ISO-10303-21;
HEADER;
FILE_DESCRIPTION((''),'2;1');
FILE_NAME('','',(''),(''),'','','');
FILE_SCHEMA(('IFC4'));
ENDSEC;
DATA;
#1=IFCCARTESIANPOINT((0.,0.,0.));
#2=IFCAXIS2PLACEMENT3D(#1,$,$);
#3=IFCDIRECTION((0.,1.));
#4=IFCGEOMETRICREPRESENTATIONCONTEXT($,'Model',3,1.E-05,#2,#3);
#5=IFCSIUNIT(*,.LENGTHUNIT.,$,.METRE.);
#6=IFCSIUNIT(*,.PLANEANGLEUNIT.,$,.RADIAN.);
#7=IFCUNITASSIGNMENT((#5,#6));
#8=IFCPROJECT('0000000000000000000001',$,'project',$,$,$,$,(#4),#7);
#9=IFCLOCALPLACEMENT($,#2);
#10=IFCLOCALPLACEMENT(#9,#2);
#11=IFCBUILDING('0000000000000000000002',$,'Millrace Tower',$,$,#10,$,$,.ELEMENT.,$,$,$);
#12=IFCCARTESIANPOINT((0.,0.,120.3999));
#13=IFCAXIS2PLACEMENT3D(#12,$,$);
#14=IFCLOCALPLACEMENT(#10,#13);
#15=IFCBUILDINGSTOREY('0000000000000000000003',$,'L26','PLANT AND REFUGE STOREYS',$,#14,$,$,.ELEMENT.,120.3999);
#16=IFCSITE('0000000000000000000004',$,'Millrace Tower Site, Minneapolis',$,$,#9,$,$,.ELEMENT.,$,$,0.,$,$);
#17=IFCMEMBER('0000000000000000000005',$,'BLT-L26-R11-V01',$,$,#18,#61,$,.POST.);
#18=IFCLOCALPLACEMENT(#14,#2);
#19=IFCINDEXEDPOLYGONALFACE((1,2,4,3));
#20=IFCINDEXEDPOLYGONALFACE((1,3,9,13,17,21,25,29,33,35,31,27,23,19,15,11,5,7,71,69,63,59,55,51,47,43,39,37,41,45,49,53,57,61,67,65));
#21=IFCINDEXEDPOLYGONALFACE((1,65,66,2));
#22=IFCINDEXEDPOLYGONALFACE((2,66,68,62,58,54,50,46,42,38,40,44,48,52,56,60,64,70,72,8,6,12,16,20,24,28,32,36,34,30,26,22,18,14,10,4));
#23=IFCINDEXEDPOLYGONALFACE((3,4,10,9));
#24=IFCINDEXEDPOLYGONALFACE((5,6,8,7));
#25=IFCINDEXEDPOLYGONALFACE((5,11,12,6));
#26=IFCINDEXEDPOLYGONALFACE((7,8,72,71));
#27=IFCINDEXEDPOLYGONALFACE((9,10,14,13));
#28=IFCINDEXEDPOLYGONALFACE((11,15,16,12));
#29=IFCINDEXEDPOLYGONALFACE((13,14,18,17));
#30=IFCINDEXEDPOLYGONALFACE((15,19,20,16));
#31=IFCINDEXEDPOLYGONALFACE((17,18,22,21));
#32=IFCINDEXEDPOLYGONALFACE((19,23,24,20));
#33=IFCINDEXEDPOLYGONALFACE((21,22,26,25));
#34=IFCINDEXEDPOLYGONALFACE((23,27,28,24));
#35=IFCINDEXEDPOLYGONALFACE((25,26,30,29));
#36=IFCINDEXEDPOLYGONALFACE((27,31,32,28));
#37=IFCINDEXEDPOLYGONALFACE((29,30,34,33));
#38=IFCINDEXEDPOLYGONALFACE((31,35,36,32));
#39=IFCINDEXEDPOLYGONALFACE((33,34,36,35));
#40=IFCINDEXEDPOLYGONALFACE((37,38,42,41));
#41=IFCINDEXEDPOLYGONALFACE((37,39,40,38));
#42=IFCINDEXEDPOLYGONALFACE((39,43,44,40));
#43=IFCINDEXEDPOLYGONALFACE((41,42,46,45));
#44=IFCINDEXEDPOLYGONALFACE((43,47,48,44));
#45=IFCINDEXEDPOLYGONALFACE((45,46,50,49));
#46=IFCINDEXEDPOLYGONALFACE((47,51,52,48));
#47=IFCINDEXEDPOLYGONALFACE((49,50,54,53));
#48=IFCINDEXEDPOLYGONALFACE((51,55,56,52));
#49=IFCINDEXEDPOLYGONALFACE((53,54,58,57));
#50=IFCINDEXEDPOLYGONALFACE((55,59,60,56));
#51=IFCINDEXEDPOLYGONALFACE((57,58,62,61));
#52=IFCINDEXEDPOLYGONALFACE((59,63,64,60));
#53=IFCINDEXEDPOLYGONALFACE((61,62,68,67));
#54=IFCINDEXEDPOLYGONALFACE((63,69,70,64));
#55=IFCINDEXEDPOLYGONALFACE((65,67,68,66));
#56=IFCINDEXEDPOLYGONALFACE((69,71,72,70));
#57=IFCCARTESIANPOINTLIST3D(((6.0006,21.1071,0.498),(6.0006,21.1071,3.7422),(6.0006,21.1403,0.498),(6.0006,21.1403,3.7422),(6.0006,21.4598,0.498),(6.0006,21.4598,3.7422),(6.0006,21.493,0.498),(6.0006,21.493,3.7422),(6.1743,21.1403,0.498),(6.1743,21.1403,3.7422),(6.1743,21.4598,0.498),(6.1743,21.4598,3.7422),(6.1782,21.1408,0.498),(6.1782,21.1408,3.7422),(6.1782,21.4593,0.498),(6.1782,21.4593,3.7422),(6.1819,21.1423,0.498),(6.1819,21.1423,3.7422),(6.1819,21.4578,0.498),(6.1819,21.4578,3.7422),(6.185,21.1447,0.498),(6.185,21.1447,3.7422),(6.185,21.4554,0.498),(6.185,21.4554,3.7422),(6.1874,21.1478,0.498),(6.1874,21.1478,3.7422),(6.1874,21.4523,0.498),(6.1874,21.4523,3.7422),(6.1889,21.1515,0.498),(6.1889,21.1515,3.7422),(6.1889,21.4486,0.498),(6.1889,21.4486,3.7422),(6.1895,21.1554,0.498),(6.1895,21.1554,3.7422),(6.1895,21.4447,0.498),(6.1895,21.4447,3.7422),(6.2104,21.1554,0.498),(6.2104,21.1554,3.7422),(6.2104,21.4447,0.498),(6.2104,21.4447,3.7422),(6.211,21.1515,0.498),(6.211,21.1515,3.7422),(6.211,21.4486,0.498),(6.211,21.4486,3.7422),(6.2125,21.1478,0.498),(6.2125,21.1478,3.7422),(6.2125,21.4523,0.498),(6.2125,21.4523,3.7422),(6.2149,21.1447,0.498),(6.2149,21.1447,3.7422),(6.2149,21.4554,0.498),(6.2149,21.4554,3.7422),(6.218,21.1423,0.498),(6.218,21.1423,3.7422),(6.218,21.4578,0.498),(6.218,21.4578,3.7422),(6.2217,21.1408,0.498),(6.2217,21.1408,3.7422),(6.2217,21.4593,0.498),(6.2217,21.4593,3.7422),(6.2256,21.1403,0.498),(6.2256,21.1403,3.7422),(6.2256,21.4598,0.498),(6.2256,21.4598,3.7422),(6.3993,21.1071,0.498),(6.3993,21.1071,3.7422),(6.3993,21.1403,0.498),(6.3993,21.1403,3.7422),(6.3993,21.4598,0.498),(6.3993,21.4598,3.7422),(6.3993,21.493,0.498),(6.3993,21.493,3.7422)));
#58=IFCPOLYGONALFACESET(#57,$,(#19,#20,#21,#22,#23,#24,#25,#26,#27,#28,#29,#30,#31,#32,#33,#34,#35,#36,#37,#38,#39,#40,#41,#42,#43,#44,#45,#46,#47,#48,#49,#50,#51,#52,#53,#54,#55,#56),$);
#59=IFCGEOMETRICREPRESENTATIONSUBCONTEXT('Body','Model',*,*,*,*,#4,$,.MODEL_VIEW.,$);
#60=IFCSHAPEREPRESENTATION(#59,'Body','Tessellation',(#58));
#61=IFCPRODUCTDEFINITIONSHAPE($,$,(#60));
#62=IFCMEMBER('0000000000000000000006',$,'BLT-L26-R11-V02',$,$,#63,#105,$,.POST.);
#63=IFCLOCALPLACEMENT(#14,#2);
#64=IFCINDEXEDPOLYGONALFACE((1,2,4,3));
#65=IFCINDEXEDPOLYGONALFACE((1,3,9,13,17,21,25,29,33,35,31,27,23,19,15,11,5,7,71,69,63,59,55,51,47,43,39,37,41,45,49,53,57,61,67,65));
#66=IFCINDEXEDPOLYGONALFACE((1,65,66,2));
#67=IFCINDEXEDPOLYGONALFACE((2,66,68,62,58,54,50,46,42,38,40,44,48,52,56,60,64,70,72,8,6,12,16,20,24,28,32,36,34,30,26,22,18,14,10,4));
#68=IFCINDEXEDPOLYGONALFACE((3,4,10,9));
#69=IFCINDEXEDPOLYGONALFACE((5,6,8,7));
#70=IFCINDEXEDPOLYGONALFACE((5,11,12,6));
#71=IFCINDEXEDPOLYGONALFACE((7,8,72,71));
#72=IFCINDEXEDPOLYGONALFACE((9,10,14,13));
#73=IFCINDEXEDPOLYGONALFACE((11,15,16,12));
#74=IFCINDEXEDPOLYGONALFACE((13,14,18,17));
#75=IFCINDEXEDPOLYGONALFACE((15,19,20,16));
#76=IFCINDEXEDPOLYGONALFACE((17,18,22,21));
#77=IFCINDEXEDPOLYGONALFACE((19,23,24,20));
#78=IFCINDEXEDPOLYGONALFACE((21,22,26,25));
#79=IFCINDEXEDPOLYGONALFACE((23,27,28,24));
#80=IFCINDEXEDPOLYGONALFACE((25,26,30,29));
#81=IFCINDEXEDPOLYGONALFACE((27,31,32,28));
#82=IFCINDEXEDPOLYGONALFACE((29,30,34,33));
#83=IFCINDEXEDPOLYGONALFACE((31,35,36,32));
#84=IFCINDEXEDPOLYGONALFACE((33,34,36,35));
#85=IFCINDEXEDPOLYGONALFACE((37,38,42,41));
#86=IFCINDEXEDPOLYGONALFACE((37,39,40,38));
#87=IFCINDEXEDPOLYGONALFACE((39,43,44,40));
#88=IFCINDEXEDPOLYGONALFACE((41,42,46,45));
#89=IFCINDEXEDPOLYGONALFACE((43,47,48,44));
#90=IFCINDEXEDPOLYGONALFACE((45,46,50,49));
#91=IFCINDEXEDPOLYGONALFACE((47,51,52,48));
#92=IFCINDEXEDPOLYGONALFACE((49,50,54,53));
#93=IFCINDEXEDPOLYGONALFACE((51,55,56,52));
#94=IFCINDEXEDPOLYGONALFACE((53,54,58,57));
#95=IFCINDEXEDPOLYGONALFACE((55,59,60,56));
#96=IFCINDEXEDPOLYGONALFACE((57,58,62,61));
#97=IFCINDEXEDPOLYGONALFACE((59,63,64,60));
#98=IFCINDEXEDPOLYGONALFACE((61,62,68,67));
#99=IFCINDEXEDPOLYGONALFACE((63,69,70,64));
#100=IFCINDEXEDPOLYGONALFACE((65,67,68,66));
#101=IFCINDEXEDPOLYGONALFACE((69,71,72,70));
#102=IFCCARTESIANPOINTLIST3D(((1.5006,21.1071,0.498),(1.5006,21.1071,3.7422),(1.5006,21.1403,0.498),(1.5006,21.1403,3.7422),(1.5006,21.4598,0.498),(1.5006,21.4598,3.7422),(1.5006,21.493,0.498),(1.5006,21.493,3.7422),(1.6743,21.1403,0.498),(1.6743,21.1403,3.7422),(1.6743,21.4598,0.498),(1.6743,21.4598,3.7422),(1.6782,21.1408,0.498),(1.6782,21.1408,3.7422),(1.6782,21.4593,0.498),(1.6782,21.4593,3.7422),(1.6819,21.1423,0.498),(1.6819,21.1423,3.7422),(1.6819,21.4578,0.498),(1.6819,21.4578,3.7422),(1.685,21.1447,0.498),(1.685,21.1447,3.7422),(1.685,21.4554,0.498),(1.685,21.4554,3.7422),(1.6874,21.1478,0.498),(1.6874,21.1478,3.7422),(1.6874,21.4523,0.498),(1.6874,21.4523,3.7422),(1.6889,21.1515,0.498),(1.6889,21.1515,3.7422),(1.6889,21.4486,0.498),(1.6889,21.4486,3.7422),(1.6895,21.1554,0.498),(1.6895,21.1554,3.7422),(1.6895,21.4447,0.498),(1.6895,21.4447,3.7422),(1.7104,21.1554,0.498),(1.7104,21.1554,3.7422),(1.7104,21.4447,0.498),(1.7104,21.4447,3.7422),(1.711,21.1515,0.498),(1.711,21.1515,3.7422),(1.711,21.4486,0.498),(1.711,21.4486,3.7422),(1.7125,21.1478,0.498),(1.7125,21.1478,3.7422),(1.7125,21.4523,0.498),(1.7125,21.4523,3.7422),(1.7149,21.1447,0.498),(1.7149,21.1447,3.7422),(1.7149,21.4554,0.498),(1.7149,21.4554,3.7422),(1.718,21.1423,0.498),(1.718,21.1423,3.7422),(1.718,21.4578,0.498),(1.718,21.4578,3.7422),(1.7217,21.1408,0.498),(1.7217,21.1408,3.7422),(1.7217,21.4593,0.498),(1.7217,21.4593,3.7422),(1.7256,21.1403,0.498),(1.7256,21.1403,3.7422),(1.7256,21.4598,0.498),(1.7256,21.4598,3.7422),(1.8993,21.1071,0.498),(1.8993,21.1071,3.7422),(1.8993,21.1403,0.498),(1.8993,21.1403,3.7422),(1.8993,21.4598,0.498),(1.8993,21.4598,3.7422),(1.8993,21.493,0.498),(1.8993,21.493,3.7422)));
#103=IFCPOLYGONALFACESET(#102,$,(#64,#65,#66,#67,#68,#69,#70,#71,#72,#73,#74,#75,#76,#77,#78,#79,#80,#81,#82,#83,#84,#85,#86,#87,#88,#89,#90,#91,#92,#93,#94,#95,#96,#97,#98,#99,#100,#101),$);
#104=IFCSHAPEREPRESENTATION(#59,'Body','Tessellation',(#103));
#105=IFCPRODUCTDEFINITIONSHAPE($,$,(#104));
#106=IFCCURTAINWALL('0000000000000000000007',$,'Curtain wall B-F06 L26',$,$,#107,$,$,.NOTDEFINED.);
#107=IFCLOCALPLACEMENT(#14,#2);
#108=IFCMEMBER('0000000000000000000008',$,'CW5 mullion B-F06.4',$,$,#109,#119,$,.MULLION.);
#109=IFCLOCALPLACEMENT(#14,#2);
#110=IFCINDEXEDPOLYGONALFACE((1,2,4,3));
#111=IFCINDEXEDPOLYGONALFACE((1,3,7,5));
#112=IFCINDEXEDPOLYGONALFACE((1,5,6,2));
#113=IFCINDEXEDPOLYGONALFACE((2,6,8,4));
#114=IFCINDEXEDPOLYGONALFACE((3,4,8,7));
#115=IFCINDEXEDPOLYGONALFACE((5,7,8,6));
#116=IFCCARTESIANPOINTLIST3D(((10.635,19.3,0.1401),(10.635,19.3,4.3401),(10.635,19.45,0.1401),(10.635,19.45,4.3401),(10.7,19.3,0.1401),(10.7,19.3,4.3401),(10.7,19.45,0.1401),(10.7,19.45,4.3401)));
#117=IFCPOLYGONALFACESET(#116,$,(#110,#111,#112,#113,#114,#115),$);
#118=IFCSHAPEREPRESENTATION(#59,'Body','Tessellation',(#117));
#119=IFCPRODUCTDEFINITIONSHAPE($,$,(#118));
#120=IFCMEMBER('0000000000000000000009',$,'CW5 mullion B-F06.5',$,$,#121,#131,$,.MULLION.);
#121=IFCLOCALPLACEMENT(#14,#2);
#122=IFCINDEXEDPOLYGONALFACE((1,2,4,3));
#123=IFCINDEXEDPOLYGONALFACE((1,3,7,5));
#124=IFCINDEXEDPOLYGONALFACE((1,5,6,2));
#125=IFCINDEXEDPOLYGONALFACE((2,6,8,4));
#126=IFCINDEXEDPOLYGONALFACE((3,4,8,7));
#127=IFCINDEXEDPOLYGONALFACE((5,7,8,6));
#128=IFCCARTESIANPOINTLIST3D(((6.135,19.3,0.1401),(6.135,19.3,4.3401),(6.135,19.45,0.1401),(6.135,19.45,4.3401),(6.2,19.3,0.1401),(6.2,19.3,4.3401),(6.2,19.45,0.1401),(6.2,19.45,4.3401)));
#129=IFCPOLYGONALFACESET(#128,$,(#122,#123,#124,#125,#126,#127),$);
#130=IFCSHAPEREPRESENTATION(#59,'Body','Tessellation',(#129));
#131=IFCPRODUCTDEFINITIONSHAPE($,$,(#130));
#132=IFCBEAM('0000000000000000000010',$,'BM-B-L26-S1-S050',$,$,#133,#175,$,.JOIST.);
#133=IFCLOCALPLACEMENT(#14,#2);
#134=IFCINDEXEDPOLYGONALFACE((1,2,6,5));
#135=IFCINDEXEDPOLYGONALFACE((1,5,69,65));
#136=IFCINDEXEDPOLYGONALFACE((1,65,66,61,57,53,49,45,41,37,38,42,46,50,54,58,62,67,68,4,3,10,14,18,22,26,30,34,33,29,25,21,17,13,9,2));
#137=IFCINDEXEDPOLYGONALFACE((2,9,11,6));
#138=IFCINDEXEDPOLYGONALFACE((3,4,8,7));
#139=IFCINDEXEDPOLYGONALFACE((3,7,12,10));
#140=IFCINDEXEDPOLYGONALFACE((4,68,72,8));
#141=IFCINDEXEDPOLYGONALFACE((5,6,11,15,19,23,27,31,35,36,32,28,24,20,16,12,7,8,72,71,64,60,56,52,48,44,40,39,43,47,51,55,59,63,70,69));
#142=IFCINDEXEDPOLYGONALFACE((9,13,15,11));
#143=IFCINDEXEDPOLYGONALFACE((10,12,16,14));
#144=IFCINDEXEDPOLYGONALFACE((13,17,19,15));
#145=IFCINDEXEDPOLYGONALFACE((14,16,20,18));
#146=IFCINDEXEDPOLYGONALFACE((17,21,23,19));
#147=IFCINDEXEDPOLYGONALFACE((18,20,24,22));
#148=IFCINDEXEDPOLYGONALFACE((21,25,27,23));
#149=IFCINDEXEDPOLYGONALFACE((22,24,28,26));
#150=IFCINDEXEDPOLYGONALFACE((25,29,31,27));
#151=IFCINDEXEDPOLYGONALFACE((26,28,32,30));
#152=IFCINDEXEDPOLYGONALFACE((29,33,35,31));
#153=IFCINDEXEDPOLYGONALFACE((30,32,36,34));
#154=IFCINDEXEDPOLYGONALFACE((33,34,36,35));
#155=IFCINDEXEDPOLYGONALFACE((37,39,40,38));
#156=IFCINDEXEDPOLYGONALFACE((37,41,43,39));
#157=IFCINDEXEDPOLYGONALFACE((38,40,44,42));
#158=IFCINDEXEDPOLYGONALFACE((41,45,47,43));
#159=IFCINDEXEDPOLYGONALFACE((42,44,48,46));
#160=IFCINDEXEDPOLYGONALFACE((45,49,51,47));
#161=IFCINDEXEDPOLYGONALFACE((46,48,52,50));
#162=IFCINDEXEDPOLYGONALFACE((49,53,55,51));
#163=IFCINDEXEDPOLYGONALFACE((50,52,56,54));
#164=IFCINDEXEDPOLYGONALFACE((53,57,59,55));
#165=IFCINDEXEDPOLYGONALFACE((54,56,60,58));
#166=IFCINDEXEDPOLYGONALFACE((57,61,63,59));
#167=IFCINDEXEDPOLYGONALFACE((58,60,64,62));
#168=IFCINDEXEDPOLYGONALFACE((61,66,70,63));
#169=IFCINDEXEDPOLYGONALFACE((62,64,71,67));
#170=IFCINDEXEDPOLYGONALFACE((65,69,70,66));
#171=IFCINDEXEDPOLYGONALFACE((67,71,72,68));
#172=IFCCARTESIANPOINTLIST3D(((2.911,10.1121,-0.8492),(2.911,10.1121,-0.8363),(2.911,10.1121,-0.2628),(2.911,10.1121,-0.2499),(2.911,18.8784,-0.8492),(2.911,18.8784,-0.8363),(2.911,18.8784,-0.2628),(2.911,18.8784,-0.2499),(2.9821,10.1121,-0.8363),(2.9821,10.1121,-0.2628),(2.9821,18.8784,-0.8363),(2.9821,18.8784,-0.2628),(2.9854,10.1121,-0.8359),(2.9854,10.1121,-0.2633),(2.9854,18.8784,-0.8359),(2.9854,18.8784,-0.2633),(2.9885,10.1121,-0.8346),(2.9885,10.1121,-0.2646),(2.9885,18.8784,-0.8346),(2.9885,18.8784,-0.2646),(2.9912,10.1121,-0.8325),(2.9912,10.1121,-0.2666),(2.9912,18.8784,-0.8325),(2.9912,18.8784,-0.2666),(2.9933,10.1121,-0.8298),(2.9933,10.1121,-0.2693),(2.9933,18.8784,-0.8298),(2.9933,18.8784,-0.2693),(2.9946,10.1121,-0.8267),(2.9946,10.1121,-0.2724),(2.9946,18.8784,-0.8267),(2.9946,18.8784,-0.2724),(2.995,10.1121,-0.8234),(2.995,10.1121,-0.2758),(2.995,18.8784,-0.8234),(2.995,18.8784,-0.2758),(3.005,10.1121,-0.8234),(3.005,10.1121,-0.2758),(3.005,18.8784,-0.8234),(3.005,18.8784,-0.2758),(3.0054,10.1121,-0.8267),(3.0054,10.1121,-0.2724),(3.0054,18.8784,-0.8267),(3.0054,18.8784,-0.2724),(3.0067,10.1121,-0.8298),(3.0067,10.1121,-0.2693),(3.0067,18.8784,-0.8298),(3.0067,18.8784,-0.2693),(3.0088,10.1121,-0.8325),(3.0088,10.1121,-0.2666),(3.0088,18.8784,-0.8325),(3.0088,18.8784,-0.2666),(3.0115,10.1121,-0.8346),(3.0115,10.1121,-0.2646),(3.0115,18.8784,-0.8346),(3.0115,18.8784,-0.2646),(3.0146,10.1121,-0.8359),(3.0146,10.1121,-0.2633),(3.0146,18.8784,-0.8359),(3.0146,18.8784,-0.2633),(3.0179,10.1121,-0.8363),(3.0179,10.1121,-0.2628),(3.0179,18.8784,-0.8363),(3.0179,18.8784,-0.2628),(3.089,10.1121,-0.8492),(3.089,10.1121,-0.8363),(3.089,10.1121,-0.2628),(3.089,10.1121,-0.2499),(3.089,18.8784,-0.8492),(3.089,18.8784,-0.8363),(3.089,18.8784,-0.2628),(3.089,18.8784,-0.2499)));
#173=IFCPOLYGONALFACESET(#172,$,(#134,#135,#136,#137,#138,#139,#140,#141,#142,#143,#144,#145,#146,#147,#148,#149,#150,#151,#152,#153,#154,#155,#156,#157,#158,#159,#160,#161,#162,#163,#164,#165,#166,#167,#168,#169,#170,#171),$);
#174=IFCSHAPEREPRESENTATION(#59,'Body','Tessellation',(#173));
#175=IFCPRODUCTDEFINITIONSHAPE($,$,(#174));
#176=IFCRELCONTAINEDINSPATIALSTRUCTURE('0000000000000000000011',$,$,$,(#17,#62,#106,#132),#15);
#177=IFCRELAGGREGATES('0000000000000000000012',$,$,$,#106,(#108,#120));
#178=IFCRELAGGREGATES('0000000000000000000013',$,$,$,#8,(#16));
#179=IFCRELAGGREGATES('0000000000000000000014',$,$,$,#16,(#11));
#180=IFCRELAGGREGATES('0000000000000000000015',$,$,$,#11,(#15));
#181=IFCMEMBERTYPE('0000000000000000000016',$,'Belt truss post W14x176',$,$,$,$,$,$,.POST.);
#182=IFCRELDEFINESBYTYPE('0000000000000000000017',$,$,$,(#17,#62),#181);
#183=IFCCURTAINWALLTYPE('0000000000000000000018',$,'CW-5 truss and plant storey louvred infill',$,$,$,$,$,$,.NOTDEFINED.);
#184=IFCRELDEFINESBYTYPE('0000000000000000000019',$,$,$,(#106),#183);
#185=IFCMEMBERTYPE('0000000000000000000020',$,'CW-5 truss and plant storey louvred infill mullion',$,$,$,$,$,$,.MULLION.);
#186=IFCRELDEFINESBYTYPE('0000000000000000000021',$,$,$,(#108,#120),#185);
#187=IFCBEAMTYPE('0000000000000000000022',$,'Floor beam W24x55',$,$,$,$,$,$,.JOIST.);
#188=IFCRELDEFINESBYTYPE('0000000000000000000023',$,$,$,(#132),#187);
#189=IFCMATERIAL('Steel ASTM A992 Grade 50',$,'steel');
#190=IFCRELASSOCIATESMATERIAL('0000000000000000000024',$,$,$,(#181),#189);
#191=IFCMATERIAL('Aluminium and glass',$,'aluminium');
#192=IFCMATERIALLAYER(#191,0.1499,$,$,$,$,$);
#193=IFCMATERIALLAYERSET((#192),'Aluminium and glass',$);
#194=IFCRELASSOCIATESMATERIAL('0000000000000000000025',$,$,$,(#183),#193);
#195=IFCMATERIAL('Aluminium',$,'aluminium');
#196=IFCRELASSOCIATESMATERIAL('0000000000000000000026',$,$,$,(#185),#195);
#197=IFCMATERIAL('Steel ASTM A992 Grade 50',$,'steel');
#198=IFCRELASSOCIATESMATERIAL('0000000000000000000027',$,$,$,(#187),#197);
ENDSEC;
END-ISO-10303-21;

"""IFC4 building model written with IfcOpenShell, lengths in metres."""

from ifc_helpers import new_model, si_unit, direction, frame, origin, origin_2d, place, context, subcontext, project, spatial, rectangle, i_section, extrude, material, layer, layer_set, material_profile, profile_set, type_object, element, aggregate, save


model = new_model("IFC4")

# Units and contexts
model_context = context("Model", 3, precision=1e-05, world=origin(), true_north=direction((0.0, 1.0)))
body_context = subcontext(model_context, "Body", "Model", "MODEL_VIEW")
ifc_project = project(units=[si_unit("LENGTHUNIT", "METRE"), si_unit("PLANEANGLEUNIT", "RADIAN")], contexts=[model_context])

# Site, building, storey
site_placement = place(None, origin())
site = spatial("IfcSite", under=ifc_project, at=site_placement, Name="Millrace Tower Site, Minneapolis", CompositionType="ELEMENT", RefElevation=0.0)
building_placement = place(site_placement, origin())
building = spatial("IfcBuilding", under=site, at=building_placement, Name="Millrace Tower", CompositionType="ELEMENT")
storey_placement = place(building_placement, frame((0.0, 0.0, 120.3999)))
storey = spatial("IfcBuildingStorey", under=building, at=storey_placement, Name="L26", Description="PLANT AND REFUGE STOREYS", CompositionType="ELEMENT", Elevation=120.3999)

# Members
ifc_material_1 = material(Name="Steel ASTM A992 Grade 50", Category="steel")
ifc_material_profile_1 = material_profile(ifc_material_1, i_section(OverallWidth=0.3987, OverallDepth=0.386, WebThickness=0.021, FlangeThickness=0.0332, FilletRadius=0.0151, at=origin_2d()))
ifc_profile_set_1 = profile_set([ifc_material_profile_1], Name="Steel ASTM A992 Grade 50")
member_type_1 = type_object("IfcMemberType", Name="Belt truss post W14x176", PredefinedType="POST", material=ifc_profile_set_1)
for number, where, z_axis, x_axis, name in (
    (1, (6.2, 21.3, 0.498), (0.0, 0.0, 1.0), (1.0, 0.0, 0.0), "BLT-L26-R11-V01"),
    (2, (1.7, 21.3, 0.498), (0.0, 0.0, 1.0), (1.0, 0.0, 0.0), "BLT-L26-R11-V02"),
):
    element("IfcMember", number, at=place(storey_placement, frame(where, z_axis=z_axis, x_axis=x_axis)), inside=storey, type_object=member_type_1, Name=name, PredefinedType="POST", context=body_context, shape_type="SweptSolid", body=[
        extrude(i_section(OverallWidth=0.3987, OverallDepth=0.386, WebThickness=0.021, FlangeThickness=0.0332, FilletRadius=0.0151, at=origin_2d()), origin(), (0.0, 0.0, 1.0), 3.2441),
    ])

# Curtain wall, members
ifc_material_2 = material(Name="Aluminium and glass", Category="aluminium")
ifc_layer_1 = layer(ifc_material_2, 0.1499)
ifc_layer_set_1 = layer_set([ifc_layer_1], Name="Aluminium and glass")
curtain_wall_type = type_object("IfcCurtainWallType", Name="CW-5 truss and plant storey louvred infill", PredefinedType="NOTDEFINED", material=ifc_layer_set_1)
curtain_wall_placement = place(storey_placement, origin())
curtain_wall = element("IfcCurtainWall", 3, at=curtain_wall_placement, inside=storey, type_object=curtain_wall_type, Name="Curtain wall B-F06 L26", PredefinedType="NOTDEFINED")
ifc_material_3 = material(Name="Aluminium", Category="aluminium")
ifc_material_profile_2 = material_profile(ifc_material_3, rectangle(XDim=0.0649, YDim=0.1499, at=origin_2d()))
ifc_profile_set_2 = profile_set([ifc_material_profile_2], Name="Aluminium")
member_type_2 = type_object("IfcMemberType", Name="CW-5 truss and plant storey louvred infill mullion", PredefinedType="MULLION", material=ifc_profile_set_2)
member_1_placement = place(storey_placement, frame((10.6675, 19.375, 0.1401), z_axis=(0.0, 0.0, 1.0), x_axis=(-1.0, 0.0, 0.0)))
member_1 = element("IfcMember", 4, at=member_1_placement, type_object=member_type_2, Name="CW5 mullion B-F06.4", PredefinedType="MULLION", context=body_context, shape_type="SweptSolid", body=[
    extrude(rectangle(XDim=0.0649, YDim=0.1499, at=origin_2d()), origin(), (0.0, 0.0, 1.0), 4.2),
])
member_2_placement = place(storey_placement, frame((6.1675, 19.375, 0.1401), z_axis=(0.0, 0.0, 1.0), x_axis=(-1.0, 0.0, 0.0)))
member_2 = element("IfcMember", 5, at=member_2_placement, type_object=member_type_2, Name="CW5 mullion B-F06.5", PredefinedType="MULLION", context=body_context, shape_type="SweptSolid", body=[
    extrude(rectangle(XDim=0.0649, YDim=0.1499, at=origin_2d()), origin(), (0.0, 0.0, 1.0), 4.2),
])
aggregate(curtain_wall, [member_1, member_2])

# Beam
ifc_material_4 = material(Name="Steel ASTM A992 Grade 50", Category="steel")
ifc_material_profile_3 = material_profile(ifc_material_4, i_section(OverallWidth=0.178, OverallDepth=0.5994, WebThickness=0.01, FlangeThickness=0.0129, FilletRadius=0.0129, at=origin_2d()))
ifc_profile_set_3 = profile_set([ifc_material_profile_3], Name="Steel ASTM A992 Grade 50")
beam_type_1 = type_object("IfcBeamType", Name="Floor beam W24x55", PredefinedType="JOIST", material=ifc_profile_set_3)
beam_1_placement = place(storey_placement, frame((3.0, 10.1121, -0.5496), z_axis=(0.0, 1.0, 0.0), x_axis=(-1.0, 0.0, 0.0)))
element("IfcBeam", 6, at=beam_1_placement, inside=storey, type_object=beam_type_1, Name="BM-B-L26-S1-S050", PredefinedType="JOIST", context=body_context, shape_type="SweptSolid", body=[
    extrude(i_section(OverallWidth=0.178, OverallDepth=0.5994, WebThickness=0.01, FlangeThickness=0.0129, FilletRadius=0.0129, at=origin_2d()), origin(), (0.0, 0.0, 1.0), 8.7664),
])

save(model, "model.ifc")
